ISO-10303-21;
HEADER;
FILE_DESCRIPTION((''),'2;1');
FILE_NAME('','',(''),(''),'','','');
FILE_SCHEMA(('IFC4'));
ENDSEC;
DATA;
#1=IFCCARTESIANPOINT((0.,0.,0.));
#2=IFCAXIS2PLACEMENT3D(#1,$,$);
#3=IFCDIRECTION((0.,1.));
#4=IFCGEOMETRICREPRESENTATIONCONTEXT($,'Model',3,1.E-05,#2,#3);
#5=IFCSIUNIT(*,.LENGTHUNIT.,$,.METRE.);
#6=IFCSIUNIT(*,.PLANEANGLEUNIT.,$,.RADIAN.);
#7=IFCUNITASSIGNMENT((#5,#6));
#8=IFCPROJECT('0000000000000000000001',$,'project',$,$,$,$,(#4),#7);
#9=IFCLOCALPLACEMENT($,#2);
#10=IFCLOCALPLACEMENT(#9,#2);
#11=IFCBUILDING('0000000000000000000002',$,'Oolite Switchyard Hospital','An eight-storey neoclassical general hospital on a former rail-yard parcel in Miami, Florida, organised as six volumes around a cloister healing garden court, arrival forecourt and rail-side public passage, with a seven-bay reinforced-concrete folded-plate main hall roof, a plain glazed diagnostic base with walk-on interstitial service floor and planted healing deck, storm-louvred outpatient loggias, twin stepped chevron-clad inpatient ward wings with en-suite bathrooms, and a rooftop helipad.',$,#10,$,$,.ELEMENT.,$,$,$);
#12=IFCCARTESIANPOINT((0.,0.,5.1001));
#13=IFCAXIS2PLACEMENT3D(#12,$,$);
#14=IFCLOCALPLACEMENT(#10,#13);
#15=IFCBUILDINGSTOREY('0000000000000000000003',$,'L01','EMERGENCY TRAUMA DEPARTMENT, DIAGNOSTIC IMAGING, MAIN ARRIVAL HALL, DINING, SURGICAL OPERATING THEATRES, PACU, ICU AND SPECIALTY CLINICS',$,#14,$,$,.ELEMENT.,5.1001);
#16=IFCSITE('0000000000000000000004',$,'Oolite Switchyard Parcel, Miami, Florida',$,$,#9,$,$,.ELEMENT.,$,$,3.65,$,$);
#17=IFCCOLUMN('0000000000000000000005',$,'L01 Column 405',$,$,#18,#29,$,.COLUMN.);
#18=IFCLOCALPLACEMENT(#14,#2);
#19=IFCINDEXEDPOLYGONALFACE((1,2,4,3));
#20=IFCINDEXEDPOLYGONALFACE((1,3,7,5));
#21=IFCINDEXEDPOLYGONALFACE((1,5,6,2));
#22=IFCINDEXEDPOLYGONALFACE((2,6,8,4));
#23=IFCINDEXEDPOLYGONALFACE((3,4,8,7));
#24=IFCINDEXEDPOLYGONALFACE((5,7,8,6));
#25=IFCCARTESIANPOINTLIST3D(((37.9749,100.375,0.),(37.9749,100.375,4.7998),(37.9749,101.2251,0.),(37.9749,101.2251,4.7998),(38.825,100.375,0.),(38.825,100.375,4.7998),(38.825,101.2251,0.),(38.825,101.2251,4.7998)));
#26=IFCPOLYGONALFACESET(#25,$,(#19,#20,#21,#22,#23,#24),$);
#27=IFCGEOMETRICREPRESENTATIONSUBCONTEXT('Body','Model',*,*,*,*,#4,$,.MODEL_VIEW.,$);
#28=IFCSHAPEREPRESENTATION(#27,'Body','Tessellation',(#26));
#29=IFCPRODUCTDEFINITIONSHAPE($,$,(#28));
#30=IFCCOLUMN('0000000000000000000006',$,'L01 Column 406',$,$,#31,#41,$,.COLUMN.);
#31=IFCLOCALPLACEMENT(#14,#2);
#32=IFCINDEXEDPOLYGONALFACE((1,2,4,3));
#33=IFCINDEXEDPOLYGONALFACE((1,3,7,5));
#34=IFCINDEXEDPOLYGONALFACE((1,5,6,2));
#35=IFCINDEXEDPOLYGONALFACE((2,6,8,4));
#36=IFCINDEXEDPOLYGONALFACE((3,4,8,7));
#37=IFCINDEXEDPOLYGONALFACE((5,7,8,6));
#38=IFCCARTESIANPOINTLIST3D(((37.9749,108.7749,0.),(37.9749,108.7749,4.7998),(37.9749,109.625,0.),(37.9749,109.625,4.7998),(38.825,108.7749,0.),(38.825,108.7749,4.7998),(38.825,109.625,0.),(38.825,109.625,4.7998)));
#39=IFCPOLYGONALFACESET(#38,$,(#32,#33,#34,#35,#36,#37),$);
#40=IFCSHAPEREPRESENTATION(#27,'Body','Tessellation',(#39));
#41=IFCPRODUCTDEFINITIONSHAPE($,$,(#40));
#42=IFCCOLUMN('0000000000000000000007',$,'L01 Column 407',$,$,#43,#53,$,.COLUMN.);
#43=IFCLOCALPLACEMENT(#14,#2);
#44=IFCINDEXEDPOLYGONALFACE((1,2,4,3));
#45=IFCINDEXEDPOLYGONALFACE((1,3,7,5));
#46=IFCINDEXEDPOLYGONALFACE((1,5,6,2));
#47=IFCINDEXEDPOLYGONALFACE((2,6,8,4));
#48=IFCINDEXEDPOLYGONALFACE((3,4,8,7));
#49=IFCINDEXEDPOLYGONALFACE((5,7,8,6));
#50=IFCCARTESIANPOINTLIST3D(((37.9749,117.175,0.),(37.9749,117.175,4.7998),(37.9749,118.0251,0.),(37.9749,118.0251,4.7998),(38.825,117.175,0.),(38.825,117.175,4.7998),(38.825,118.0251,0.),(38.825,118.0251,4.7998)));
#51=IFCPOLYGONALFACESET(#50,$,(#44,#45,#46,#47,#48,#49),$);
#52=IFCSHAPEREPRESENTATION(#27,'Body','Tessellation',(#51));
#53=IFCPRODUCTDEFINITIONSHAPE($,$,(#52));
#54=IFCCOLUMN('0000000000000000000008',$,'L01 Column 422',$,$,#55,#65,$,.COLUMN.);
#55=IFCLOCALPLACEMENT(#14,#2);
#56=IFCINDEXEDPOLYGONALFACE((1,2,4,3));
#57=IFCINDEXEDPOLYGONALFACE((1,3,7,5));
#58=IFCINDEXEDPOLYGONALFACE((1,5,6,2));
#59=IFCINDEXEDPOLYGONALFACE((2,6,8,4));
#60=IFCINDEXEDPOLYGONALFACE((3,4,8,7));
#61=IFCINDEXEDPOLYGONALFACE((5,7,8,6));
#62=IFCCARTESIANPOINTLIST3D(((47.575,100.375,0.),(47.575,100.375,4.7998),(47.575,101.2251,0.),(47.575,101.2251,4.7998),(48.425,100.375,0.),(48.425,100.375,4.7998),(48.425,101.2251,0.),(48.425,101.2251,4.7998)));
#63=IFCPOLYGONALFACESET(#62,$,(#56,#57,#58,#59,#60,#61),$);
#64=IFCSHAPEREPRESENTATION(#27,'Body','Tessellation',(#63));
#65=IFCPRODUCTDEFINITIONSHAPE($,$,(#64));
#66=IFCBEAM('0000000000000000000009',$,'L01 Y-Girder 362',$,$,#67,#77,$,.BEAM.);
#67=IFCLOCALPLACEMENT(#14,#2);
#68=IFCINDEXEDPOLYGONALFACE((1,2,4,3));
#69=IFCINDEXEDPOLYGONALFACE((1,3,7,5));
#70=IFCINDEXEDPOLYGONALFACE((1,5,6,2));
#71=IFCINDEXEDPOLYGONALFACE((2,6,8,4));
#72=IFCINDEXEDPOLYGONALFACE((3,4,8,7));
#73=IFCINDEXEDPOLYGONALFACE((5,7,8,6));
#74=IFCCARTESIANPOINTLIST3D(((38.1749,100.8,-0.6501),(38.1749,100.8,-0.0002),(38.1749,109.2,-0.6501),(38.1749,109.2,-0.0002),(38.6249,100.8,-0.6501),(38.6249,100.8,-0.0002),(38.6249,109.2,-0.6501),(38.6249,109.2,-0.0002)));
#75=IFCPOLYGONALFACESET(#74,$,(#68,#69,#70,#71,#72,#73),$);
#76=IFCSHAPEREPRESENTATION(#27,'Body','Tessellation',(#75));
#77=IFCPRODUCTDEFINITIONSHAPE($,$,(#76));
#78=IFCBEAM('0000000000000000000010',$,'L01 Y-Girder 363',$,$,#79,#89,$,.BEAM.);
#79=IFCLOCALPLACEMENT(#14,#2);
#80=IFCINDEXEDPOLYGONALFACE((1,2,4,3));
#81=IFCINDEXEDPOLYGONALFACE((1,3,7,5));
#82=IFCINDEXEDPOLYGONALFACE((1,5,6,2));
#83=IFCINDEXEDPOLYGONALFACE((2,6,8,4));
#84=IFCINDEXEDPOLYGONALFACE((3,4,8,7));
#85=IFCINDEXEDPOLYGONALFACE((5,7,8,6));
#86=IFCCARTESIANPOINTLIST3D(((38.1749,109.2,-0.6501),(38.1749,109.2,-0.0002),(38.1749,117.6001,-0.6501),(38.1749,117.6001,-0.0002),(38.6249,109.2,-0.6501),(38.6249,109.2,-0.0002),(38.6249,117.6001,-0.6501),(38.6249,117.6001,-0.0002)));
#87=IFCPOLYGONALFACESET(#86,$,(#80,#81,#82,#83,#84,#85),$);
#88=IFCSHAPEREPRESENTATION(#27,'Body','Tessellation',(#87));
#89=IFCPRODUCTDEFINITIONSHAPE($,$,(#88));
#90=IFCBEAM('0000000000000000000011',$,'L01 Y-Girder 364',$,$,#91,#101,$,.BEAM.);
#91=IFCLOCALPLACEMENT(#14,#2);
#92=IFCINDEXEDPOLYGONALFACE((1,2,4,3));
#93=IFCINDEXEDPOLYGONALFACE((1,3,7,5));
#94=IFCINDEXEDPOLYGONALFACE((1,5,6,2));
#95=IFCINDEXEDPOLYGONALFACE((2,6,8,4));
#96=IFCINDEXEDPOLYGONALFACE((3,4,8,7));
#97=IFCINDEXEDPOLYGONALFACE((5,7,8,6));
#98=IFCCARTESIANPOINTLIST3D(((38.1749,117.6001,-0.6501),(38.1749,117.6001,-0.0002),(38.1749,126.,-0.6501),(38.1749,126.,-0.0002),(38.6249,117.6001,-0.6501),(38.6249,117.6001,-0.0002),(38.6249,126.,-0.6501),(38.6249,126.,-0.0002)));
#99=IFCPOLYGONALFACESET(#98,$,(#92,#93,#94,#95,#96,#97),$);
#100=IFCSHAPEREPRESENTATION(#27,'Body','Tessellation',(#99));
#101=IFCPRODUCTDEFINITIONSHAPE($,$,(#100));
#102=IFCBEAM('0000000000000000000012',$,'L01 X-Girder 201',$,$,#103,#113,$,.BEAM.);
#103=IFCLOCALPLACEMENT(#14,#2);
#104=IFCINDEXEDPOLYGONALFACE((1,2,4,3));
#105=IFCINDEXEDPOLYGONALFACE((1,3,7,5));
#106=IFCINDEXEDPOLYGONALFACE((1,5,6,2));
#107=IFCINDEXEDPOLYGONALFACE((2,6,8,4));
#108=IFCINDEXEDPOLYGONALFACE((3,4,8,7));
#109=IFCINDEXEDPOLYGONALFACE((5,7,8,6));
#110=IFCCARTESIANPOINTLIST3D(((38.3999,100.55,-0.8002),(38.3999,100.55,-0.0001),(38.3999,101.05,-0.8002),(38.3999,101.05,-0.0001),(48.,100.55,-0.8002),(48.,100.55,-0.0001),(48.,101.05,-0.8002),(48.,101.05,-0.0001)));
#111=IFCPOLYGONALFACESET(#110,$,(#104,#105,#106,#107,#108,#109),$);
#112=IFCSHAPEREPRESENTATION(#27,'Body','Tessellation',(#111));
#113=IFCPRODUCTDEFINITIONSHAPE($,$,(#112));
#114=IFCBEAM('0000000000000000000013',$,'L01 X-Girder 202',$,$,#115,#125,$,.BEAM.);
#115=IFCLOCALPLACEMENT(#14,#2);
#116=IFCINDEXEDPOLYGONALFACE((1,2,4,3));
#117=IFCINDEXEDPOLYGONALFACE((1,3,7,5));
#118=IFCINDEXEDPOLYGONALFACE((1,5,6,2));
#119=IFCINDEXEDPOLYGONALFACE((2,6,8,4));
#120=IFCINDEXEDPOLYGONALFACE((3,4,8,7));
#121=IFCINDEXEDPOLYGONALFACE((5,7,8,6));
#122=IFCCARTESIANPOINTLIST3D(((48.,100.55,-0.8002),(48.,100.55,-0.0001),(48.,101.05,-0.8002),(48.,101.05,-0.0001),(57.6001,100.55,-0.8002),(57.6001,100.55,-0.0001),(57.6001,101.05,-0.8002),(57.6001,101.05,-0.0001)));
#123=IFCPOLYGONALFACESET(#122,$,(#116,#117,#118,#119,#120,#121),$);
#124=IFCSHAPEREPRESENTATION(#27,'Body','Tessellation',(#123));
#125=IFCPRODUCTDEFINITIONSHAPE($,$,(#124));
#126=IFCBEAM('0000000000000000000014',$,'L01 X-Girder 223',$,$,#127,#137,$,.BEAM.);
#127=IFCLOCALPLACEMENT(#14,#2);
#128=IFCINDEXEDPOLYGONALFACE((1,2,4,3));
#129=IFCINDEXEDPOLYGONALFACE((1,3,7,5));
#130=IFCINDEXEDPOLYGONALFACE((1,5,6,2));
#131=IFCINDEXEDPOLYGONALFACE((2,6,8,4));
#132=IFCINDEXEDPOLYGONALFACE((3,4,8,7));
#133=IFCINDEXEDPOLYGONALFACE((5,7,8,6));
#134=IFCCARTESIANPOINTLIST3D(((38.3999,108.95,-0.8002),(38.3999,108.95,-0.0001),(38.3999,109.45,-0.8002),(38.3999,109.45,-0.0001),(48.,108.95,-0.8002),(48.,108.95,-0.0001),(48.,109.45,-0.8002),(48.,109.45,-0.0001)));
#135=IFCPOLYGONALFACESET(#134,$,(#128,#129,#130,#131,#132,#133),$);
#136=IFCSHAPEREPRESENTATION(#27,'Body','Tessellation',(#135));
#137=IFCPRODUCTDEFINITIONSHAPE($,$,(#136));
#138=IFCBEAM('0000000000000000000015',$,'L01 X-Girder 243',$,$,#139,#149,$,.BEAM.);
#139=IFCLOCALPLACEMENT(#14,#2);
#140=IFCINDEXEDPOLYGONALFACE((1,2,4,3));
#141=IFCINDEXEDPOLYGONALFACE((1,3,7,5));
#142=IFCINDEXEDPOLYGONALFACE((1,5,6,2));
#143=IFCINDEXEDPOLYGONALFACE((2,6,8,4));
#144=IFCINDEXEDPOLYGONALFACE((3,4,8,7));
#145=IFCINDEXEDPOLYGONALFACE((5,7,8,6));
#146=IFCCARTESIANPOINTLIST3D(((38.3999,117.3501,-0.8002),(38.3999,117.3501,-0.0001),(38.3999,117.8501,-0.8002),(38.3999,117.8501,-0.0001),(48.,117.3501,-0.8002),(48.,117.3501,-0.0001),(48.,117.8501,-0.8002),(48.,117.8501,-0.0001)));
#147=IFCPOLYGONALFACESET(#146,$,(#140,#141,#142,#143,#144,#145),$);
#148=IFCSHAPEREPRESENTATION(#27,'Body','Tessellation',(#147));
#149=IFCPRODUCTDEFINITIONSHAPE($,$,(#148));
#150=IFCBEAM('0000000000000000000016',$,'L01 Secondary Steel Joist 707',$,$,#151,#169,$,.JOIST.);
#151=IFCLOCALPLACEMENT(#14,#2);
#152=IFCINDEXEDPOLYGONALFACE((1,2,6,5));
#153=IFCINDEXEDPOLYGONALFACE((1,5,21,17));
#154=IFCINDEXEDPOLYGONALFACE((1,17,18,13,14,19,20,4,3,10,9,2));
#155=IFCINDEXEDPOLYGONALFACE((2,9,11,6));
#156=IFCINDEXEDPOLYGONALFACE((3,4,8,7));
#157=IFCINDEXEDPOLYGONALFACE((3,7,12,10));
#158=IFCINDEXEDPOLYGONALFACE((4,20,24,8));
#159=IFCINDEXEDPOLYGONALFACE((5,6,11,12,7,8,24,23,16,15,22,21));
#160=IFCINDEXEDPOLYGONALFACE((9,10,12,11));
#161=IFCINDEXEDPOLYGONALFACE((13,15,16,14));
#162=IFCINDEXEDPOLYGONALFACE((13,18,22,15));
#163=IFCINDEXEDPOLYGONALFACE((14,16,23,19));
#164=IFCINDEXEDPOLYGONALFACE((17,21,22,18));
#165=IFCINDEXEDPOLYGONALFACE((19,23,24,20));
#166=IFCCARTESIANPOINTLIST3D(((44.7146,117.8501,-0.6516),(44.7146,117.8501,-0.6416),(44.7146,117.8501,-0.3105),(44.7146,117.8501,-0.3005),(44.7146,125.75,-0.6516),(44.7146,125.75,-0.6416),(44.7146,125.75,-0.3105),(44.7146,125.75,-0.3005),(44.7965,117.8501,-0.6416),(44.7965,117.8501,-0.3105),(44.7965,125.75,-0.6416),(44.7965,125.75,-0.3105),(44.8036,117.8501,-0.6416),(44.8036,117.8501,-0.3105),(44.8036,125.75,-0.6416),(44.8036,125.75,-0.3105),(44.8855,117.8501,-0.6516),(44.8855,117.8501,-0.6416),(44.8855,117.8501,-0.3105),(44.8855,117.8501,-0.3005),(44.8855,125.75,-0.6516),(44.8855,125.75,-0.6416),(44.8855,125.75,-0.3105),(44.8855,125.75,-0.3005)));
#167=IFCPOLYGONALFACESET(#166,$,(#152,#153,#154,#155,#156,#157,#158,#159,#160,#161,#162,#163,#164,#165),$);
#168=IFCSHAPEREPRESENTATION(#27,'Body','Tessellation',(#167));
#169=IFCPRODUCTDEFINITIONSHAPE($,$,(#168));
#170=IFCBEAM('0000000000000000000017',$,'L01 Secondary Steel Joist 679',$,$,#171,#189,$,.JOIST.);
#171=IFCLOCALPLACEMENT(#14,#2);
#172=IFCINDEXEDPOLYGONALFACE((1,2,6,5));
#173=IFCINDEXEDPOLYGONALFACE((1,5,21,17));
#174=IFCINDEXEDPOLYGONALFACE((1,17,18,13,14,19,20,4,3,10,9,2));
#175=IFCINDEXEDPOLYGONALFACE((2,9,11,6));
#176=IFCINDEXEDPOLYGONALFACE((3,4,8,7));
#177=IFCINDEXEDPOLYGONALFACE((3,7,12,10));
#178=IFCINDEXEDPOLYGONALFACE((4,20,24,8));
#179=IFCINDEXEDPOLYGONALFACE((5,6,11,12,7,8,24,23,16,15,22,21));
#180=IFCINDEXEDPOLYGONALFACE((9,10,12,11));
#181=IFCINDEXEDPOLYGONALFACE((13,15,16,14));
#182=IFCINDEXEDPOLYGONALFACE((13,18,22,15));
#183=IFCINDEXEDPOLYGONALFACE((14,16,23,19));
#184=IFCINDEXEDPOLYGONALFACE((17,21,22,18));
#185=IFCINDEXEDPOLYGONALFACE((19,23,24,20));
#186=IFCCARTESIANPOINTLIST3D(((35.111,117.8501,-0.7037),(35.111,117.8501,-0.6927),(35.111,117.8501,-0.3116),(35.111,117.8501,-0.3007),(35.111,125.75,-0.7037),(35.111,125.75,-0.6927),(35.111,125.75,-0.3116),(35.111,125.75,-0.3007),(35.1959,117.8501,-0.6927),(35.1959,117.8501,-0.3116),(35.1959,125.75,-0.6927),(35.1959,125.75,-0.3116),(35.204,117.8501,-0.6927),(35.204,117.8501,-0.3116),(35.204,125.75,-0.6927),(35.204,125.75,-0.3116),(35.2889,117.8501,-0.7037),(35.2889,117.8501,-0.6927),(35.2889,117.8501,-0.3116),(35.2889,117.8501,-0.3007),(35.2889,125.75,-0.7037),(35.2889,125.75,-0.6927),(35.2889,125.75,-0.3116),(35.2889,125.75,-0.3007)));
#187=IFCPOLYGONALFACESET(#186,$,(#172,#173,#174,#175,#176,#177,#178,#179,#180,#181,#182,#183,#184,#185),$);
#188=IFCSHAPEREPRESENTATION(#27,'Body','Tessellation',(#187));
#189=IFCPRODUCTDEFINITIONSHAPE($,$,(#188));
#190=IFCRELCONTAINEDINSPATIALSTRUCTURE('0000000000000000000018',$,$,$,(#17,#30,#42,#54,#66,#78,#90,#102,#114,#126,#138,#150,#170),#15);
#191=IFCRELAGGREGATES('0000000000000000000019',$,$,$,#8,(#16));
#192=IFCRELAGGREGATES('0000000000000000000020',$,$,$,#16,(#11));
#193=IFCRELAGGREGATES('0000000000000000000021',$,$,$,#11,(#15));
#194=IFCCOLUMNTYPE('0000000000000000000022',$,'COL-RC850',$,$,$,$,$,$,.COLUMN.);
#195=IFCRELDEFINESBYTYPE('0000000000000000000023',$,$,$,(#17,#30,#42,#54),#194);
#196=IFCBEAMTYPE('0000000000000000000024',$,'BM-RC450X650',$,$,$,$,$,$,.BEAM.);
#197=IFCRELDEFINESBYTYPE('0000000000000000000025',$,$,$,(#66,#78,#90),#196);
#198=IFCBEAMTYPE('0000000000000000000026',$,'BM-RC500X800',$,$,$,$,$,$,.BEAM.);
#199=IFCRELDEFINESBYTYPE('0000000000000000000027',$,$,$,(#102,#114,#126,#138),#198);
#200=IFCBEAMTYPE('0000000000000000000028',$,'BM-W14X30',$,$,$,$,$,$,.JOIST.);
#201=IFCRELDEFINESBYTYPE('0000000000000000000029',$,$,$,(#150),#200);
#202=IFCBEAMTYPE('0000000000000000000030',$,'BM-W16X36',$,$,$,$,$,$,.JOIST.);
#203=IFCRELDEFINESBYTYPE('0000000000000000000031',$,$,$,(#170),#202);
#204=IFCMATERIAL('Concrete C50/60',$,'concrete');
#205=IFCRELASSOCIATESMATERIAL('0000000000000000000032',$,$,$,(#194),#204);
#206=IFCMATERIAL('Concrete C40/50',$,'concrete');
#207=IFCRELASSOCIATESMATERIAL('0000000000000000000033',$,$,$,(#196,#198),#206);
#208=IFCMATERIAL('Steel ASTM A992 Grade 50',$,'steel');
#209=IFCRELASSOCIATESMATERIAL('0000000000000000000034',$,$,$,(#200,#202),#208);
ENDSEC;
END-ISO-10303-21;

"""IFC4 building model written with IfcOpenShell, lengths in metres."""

from ifc_helpers import new_model, si_unit, direction, frame, origin, origin_2d, place, context, subcontext, project, spatial, rectangle, i_section, extrude, material, material_profile, profile_set, type_object, element, save


model = new_model("IFC4")

# Units and contexts
model_context = context("Model", 3, precision=1e-05, world=origin(), true_north=direction((0.0, 1.0)))
body_context = subcontext(model_context, "Body", "Model", "MODEL_VIEW")
ifc_project = project(units=[si_unit("LENGTHUNIT", "METRE"), si_unit("PLANEANGLEUNIT", "RADIAN")], contexts=[model_context])

# Site, building, storey
site_placement = place(None, origin())
site = spatial("IfcSite", under=ifc_project, at=site_placement, Name="Oolite Switchyard Parcel, Miami, Florida", CompositionType="ELEMENT", RefElevation=3.65)
building_placement = place(site_placement, origin())
building = spatial("IfcBuilding", under=site, at=building_placement, Name="Oolite Switchyard Hospital", Description="An eight-storey neoclassical general hospital on a former rail-yard parcel in Miami, Florida, organised as six volumes around a cloister healing garden court, arrival forecourt and rail-side public passage, with a seven-bay reinforced-concrete folded-plate main hall roof, a plain glazed diagnostic base with walk-on interstitial service floor and planted healing deck, storm-louvred outpatient loggias, twin stepped chevron-clad inpatient ward wings with en-suite bathrooms, and a rooftop helipad.", CompositionType="ELEMENT")
storey_placement = place(building_placement, frame((0.0, 0.0, 5.1001)))
storey = spatial("IfcBuildingStorey", under=building, at=storey_placement, Name="L01", Description="EMERGENCY TRAUMA DEPARTMENT, DIAGNOSTIC IMAGING, MAIN ARRIVAL HALL, DINING, SURGICAL OPERATING THEATRES, PACU, ICU AND SPECIALTY CLINICS", CompositionType="ELEMENT", Elevation=5.1001)

# Columns
ifc_material_1 = material(Name="Concrete C50/60", Category="concrete")
ifc_material_profile_1 = material_profile(ifc_material_1, rectangle(XDim=0.8501, YDim=0.8501, at=origin_2d()), Name="RC850X850")
ifc_profile_set_1 = profile_set([ifc_material_profile_1], Name="Concrete C50/60")
column_type = type_object("IfcColumnType", Name="COL-RC850", PredefinedType="COLUMN", material=ifc_profile_set_1)
for number, where, z_axis, x_axis, name in (
    (1, (38.3999, 100.8, 0.0), (0.0, 0.0, 1.0), (1.0, 0.0, 0.0), "L01 Column 405"),
    (2, (38.3999, 109.2, 0.0), (0.0, 0.0, 1.0), (1.0, 0.0, 0.0), "L01 Column 406"),
    (3, (38.3999, 117.6001, 0.0), (0.0, 0.0, 1.0), (1.0, 0.0, 0.0), "L01 Column 407"),
    (4, (48.0, 100.8, 0.0), (0.0, 0.0, 1.0), (1.0, 0.0, 0.0), "L01 Column 422"),
):
    element("IfcColumn", number, at=place(storey_placement, frame(where, z_axis=z_axis, x_axis=x_axis)), inside=storey, type_object=column_type, Name=name, PredefinedType="COLUMN", context=body_context, shape_type="SweptSolid", body=[
        extrude(rectangle(XDim=0.8501, YDim=0.8501, at=origin_2d()), origin(), (0.0, 0.0, 1.0), 4.7998),
    ])

# Beams
ifc_material_2 = material(Name="Concrete C40/50", Category="concrete")
ifc_material_profile_2 = material_profile(ifc_material_2, rectangle(XDim=0.45, YDim=0.6499, at=origin_2d()), Name="RCB450X650")
ifc_profile_set_2 = profile_set([ifc_material_profile_2], Name="Concrete C40/50")
beam_type_1 = type_object("IfcBeamType", Name="BM-RC450X650", PredefinedType="BEAM", material=ifc_profile_set_2)
beam_1_placement = place(storey_placement, frame((38.3999, 100.8, -0.3252), z_axis=(0.0, 1.0, 0.0), x_axis=(-1.0, 0.0, 0.0)))
element("IfcBeam", 5, at=beam_1_placement, inside=storey, type_object=beam_type_1, Name="L01 Y-Girder 362", PredefinedType="BEAM", context=body_context, shape_type="SweptSolid", body=[
    extrude(rectangle(XDim=0.45, YDim=0.6499, at=origin_2d()), origin(), (0.0, 0.0, 1.0), 8.3999),
])
beam_2_placement = place(storey_placement, frame((38.3999, 109.2, -0.3252), z_axis=(0.0, 1.0, 0.0), x_axis=(-1.0, 0.0, 0.0)))
element("IfcBeam", 6, at=beam_2_placement, inside=storey, type_object=beam_type_1, Name="L01 Y-Girder 363", PredefinedType="BEAM", context=body_context, shape_type="SweptSolid", body=[
    extrude(rectangle(XDim=0.45, YDim=0.6499, at=origin_2d()), origin(), (0.0, 0.0, 1.0), 8.4001),
])
beam_3_placement = place(storey_placement, frame((38.3999, 117.6001, -0.3252), z_axis=(0.0, 1.0, 0.0), x_axis=(-1.0, 0.0, 0.0)))
element("IfcBeam", 7, at=beam_3_placement, inside=storey, type_object=beam_type_1, Name="L01 Y-Girder 364", PredefinedType="BEAM", context=body_context, shape_type="SweptSolid", body=[
    extrude(rectangle(XDim=0.45, YDim=0.6499, at=origin_2d()), origin(), (0.0, 0.0, 1.0), 8.3999),
])
ifc_material_profile_3 = material_profile(ifc_material_2, rectangle(XDim=0.5, YDim=0.8, at=origin_2d()), Name="RCB500X800")
ifc_profile_set_3 = profile_set([ifc_material_profile_3], Name="Concrete C40/50")
beam_type_2 = type_object("IfcBeamType", Name="BM-RC500X800", PredefinedType="BEAM", material=ifc_profile_set_3)
for number, where, z_axis, x_axis, name in (
    (8, (38.3999, 100.8, -0.4001), (1.0, 0.0, 0.0), (0.0, 1.0, 0.0), "L01 X-Girder 201"),
    (9, (48.0, 100.8, -0.4001), (1.0, 0.0, 0.0), (0.0, 1.0, 0.0), "L01 X-Girder 202"),
    (10, (38.3999, 109.2, -0.4001), (1.0, 0.0, 0.0), (0.0, 1.0, 0.0), "L01 X-Girder 223"),
    (11, (38.3999, 117.6001, -0.4001), (1.0, 0.0, 0.0), (0.0, 1.0, 0.0), "L01 X-Girder 243"),
):
    element("IfcBeam", number, at=place(storey_placement, frame(where, z_axis=z_axis, x_axis=x_axis)), inside=storey, type_object=beam_type_2, Name=name, PredefinedType="BEAM", context=body_context, shape_type="SweptSolid", body=[
        extrude(rectangle(XDim=0.5, YDim=0.8, at=origin_2d()), origin(), (0.0, 0.0, 1.0), 9.6001),
    ])
ifc_material_3 = material(Name="Steel ASTM A992 Grade 50", Category="steel")
ifc_material_profile_4 = material_profile(ifc_material_3, i_section(OverallWidth=0.1709, OverallDepth=0.3511, WebThickness=0.0071, FlangeThickness=0.01, at=origin_2d()), Name="W14X30")
ifc_profile_set_4 = profile_set([ifc_material_profile_4], Name="Steel ASTM A992 Grade 50")
beam_type_3 = type_object("IfcBeamType", Name="BM-W14X30", PredefinedType="JOIST", material=ifc_profile_set_4)
beam_4_placement = place(storey_placement, frame((44.8, 117.8501, -0.4761), z_axis=(0.0, 1.0, 0.0), x_axis=(-1.0, 0.0, 0.0)))
element("IfcBeam", 12, at=beam_4_placement, inside=storey, type_object=beam_type_3, Name="L01 Secondary Steel Joist 707", PredefinedType="JOIST", context=body_context, shape_type="SweptSolid", body=[
    extrude(i_section(OverallWidth=0.1709, OverallDepth=0.3511, WebThickness=0.0071, FlangeThickness=0.01, at=origin_2d()), origin(), (0.0, 0.0, 1.0), 7.8999),
])
ifc_material_profile_5 = material_profile(ifc_material_3, i_section(OverallWidth=0.178, OverallDepth=0.4031, WebThickness=0.0081, FlangeThickness=0.011, at=origin_2d()), Name="W16X36")
ifc_profile_set_5 = profile_set([ifc_material_profile_5], Name="Steel ASTM A992 Grade 50")
beam_type_4 = type_object("IfcBeamType", Name="BM-W16X36", PredefinedType="JOIST", material=ifc_profile_set_5)
beam_5_placement = place(storey_placement, frame((35.2, 117.8501, -0.5022), z_axis=(0.0, 1.0, 0.0), x_axis=(-1.0, 0.0, 0.0)))
element("IfcBeam", 13, at=beam_5_placement, inside=storey, type_object=beam_type_4, Name="L01 Secondary Steel Joist 679", PredefinedType="JOIST", context=body_context, shape_type="SweptSolid", body=[
    extrude(i_section(OverallWidth=0.178, OverallDepth=0.4031, WebThickness=0.0081, FlangeThickness=0.011, at=origin_2d()), origin(), (0.0, 0.0, 1.0), 7.8999),
])

save(model, "model.ifc")
